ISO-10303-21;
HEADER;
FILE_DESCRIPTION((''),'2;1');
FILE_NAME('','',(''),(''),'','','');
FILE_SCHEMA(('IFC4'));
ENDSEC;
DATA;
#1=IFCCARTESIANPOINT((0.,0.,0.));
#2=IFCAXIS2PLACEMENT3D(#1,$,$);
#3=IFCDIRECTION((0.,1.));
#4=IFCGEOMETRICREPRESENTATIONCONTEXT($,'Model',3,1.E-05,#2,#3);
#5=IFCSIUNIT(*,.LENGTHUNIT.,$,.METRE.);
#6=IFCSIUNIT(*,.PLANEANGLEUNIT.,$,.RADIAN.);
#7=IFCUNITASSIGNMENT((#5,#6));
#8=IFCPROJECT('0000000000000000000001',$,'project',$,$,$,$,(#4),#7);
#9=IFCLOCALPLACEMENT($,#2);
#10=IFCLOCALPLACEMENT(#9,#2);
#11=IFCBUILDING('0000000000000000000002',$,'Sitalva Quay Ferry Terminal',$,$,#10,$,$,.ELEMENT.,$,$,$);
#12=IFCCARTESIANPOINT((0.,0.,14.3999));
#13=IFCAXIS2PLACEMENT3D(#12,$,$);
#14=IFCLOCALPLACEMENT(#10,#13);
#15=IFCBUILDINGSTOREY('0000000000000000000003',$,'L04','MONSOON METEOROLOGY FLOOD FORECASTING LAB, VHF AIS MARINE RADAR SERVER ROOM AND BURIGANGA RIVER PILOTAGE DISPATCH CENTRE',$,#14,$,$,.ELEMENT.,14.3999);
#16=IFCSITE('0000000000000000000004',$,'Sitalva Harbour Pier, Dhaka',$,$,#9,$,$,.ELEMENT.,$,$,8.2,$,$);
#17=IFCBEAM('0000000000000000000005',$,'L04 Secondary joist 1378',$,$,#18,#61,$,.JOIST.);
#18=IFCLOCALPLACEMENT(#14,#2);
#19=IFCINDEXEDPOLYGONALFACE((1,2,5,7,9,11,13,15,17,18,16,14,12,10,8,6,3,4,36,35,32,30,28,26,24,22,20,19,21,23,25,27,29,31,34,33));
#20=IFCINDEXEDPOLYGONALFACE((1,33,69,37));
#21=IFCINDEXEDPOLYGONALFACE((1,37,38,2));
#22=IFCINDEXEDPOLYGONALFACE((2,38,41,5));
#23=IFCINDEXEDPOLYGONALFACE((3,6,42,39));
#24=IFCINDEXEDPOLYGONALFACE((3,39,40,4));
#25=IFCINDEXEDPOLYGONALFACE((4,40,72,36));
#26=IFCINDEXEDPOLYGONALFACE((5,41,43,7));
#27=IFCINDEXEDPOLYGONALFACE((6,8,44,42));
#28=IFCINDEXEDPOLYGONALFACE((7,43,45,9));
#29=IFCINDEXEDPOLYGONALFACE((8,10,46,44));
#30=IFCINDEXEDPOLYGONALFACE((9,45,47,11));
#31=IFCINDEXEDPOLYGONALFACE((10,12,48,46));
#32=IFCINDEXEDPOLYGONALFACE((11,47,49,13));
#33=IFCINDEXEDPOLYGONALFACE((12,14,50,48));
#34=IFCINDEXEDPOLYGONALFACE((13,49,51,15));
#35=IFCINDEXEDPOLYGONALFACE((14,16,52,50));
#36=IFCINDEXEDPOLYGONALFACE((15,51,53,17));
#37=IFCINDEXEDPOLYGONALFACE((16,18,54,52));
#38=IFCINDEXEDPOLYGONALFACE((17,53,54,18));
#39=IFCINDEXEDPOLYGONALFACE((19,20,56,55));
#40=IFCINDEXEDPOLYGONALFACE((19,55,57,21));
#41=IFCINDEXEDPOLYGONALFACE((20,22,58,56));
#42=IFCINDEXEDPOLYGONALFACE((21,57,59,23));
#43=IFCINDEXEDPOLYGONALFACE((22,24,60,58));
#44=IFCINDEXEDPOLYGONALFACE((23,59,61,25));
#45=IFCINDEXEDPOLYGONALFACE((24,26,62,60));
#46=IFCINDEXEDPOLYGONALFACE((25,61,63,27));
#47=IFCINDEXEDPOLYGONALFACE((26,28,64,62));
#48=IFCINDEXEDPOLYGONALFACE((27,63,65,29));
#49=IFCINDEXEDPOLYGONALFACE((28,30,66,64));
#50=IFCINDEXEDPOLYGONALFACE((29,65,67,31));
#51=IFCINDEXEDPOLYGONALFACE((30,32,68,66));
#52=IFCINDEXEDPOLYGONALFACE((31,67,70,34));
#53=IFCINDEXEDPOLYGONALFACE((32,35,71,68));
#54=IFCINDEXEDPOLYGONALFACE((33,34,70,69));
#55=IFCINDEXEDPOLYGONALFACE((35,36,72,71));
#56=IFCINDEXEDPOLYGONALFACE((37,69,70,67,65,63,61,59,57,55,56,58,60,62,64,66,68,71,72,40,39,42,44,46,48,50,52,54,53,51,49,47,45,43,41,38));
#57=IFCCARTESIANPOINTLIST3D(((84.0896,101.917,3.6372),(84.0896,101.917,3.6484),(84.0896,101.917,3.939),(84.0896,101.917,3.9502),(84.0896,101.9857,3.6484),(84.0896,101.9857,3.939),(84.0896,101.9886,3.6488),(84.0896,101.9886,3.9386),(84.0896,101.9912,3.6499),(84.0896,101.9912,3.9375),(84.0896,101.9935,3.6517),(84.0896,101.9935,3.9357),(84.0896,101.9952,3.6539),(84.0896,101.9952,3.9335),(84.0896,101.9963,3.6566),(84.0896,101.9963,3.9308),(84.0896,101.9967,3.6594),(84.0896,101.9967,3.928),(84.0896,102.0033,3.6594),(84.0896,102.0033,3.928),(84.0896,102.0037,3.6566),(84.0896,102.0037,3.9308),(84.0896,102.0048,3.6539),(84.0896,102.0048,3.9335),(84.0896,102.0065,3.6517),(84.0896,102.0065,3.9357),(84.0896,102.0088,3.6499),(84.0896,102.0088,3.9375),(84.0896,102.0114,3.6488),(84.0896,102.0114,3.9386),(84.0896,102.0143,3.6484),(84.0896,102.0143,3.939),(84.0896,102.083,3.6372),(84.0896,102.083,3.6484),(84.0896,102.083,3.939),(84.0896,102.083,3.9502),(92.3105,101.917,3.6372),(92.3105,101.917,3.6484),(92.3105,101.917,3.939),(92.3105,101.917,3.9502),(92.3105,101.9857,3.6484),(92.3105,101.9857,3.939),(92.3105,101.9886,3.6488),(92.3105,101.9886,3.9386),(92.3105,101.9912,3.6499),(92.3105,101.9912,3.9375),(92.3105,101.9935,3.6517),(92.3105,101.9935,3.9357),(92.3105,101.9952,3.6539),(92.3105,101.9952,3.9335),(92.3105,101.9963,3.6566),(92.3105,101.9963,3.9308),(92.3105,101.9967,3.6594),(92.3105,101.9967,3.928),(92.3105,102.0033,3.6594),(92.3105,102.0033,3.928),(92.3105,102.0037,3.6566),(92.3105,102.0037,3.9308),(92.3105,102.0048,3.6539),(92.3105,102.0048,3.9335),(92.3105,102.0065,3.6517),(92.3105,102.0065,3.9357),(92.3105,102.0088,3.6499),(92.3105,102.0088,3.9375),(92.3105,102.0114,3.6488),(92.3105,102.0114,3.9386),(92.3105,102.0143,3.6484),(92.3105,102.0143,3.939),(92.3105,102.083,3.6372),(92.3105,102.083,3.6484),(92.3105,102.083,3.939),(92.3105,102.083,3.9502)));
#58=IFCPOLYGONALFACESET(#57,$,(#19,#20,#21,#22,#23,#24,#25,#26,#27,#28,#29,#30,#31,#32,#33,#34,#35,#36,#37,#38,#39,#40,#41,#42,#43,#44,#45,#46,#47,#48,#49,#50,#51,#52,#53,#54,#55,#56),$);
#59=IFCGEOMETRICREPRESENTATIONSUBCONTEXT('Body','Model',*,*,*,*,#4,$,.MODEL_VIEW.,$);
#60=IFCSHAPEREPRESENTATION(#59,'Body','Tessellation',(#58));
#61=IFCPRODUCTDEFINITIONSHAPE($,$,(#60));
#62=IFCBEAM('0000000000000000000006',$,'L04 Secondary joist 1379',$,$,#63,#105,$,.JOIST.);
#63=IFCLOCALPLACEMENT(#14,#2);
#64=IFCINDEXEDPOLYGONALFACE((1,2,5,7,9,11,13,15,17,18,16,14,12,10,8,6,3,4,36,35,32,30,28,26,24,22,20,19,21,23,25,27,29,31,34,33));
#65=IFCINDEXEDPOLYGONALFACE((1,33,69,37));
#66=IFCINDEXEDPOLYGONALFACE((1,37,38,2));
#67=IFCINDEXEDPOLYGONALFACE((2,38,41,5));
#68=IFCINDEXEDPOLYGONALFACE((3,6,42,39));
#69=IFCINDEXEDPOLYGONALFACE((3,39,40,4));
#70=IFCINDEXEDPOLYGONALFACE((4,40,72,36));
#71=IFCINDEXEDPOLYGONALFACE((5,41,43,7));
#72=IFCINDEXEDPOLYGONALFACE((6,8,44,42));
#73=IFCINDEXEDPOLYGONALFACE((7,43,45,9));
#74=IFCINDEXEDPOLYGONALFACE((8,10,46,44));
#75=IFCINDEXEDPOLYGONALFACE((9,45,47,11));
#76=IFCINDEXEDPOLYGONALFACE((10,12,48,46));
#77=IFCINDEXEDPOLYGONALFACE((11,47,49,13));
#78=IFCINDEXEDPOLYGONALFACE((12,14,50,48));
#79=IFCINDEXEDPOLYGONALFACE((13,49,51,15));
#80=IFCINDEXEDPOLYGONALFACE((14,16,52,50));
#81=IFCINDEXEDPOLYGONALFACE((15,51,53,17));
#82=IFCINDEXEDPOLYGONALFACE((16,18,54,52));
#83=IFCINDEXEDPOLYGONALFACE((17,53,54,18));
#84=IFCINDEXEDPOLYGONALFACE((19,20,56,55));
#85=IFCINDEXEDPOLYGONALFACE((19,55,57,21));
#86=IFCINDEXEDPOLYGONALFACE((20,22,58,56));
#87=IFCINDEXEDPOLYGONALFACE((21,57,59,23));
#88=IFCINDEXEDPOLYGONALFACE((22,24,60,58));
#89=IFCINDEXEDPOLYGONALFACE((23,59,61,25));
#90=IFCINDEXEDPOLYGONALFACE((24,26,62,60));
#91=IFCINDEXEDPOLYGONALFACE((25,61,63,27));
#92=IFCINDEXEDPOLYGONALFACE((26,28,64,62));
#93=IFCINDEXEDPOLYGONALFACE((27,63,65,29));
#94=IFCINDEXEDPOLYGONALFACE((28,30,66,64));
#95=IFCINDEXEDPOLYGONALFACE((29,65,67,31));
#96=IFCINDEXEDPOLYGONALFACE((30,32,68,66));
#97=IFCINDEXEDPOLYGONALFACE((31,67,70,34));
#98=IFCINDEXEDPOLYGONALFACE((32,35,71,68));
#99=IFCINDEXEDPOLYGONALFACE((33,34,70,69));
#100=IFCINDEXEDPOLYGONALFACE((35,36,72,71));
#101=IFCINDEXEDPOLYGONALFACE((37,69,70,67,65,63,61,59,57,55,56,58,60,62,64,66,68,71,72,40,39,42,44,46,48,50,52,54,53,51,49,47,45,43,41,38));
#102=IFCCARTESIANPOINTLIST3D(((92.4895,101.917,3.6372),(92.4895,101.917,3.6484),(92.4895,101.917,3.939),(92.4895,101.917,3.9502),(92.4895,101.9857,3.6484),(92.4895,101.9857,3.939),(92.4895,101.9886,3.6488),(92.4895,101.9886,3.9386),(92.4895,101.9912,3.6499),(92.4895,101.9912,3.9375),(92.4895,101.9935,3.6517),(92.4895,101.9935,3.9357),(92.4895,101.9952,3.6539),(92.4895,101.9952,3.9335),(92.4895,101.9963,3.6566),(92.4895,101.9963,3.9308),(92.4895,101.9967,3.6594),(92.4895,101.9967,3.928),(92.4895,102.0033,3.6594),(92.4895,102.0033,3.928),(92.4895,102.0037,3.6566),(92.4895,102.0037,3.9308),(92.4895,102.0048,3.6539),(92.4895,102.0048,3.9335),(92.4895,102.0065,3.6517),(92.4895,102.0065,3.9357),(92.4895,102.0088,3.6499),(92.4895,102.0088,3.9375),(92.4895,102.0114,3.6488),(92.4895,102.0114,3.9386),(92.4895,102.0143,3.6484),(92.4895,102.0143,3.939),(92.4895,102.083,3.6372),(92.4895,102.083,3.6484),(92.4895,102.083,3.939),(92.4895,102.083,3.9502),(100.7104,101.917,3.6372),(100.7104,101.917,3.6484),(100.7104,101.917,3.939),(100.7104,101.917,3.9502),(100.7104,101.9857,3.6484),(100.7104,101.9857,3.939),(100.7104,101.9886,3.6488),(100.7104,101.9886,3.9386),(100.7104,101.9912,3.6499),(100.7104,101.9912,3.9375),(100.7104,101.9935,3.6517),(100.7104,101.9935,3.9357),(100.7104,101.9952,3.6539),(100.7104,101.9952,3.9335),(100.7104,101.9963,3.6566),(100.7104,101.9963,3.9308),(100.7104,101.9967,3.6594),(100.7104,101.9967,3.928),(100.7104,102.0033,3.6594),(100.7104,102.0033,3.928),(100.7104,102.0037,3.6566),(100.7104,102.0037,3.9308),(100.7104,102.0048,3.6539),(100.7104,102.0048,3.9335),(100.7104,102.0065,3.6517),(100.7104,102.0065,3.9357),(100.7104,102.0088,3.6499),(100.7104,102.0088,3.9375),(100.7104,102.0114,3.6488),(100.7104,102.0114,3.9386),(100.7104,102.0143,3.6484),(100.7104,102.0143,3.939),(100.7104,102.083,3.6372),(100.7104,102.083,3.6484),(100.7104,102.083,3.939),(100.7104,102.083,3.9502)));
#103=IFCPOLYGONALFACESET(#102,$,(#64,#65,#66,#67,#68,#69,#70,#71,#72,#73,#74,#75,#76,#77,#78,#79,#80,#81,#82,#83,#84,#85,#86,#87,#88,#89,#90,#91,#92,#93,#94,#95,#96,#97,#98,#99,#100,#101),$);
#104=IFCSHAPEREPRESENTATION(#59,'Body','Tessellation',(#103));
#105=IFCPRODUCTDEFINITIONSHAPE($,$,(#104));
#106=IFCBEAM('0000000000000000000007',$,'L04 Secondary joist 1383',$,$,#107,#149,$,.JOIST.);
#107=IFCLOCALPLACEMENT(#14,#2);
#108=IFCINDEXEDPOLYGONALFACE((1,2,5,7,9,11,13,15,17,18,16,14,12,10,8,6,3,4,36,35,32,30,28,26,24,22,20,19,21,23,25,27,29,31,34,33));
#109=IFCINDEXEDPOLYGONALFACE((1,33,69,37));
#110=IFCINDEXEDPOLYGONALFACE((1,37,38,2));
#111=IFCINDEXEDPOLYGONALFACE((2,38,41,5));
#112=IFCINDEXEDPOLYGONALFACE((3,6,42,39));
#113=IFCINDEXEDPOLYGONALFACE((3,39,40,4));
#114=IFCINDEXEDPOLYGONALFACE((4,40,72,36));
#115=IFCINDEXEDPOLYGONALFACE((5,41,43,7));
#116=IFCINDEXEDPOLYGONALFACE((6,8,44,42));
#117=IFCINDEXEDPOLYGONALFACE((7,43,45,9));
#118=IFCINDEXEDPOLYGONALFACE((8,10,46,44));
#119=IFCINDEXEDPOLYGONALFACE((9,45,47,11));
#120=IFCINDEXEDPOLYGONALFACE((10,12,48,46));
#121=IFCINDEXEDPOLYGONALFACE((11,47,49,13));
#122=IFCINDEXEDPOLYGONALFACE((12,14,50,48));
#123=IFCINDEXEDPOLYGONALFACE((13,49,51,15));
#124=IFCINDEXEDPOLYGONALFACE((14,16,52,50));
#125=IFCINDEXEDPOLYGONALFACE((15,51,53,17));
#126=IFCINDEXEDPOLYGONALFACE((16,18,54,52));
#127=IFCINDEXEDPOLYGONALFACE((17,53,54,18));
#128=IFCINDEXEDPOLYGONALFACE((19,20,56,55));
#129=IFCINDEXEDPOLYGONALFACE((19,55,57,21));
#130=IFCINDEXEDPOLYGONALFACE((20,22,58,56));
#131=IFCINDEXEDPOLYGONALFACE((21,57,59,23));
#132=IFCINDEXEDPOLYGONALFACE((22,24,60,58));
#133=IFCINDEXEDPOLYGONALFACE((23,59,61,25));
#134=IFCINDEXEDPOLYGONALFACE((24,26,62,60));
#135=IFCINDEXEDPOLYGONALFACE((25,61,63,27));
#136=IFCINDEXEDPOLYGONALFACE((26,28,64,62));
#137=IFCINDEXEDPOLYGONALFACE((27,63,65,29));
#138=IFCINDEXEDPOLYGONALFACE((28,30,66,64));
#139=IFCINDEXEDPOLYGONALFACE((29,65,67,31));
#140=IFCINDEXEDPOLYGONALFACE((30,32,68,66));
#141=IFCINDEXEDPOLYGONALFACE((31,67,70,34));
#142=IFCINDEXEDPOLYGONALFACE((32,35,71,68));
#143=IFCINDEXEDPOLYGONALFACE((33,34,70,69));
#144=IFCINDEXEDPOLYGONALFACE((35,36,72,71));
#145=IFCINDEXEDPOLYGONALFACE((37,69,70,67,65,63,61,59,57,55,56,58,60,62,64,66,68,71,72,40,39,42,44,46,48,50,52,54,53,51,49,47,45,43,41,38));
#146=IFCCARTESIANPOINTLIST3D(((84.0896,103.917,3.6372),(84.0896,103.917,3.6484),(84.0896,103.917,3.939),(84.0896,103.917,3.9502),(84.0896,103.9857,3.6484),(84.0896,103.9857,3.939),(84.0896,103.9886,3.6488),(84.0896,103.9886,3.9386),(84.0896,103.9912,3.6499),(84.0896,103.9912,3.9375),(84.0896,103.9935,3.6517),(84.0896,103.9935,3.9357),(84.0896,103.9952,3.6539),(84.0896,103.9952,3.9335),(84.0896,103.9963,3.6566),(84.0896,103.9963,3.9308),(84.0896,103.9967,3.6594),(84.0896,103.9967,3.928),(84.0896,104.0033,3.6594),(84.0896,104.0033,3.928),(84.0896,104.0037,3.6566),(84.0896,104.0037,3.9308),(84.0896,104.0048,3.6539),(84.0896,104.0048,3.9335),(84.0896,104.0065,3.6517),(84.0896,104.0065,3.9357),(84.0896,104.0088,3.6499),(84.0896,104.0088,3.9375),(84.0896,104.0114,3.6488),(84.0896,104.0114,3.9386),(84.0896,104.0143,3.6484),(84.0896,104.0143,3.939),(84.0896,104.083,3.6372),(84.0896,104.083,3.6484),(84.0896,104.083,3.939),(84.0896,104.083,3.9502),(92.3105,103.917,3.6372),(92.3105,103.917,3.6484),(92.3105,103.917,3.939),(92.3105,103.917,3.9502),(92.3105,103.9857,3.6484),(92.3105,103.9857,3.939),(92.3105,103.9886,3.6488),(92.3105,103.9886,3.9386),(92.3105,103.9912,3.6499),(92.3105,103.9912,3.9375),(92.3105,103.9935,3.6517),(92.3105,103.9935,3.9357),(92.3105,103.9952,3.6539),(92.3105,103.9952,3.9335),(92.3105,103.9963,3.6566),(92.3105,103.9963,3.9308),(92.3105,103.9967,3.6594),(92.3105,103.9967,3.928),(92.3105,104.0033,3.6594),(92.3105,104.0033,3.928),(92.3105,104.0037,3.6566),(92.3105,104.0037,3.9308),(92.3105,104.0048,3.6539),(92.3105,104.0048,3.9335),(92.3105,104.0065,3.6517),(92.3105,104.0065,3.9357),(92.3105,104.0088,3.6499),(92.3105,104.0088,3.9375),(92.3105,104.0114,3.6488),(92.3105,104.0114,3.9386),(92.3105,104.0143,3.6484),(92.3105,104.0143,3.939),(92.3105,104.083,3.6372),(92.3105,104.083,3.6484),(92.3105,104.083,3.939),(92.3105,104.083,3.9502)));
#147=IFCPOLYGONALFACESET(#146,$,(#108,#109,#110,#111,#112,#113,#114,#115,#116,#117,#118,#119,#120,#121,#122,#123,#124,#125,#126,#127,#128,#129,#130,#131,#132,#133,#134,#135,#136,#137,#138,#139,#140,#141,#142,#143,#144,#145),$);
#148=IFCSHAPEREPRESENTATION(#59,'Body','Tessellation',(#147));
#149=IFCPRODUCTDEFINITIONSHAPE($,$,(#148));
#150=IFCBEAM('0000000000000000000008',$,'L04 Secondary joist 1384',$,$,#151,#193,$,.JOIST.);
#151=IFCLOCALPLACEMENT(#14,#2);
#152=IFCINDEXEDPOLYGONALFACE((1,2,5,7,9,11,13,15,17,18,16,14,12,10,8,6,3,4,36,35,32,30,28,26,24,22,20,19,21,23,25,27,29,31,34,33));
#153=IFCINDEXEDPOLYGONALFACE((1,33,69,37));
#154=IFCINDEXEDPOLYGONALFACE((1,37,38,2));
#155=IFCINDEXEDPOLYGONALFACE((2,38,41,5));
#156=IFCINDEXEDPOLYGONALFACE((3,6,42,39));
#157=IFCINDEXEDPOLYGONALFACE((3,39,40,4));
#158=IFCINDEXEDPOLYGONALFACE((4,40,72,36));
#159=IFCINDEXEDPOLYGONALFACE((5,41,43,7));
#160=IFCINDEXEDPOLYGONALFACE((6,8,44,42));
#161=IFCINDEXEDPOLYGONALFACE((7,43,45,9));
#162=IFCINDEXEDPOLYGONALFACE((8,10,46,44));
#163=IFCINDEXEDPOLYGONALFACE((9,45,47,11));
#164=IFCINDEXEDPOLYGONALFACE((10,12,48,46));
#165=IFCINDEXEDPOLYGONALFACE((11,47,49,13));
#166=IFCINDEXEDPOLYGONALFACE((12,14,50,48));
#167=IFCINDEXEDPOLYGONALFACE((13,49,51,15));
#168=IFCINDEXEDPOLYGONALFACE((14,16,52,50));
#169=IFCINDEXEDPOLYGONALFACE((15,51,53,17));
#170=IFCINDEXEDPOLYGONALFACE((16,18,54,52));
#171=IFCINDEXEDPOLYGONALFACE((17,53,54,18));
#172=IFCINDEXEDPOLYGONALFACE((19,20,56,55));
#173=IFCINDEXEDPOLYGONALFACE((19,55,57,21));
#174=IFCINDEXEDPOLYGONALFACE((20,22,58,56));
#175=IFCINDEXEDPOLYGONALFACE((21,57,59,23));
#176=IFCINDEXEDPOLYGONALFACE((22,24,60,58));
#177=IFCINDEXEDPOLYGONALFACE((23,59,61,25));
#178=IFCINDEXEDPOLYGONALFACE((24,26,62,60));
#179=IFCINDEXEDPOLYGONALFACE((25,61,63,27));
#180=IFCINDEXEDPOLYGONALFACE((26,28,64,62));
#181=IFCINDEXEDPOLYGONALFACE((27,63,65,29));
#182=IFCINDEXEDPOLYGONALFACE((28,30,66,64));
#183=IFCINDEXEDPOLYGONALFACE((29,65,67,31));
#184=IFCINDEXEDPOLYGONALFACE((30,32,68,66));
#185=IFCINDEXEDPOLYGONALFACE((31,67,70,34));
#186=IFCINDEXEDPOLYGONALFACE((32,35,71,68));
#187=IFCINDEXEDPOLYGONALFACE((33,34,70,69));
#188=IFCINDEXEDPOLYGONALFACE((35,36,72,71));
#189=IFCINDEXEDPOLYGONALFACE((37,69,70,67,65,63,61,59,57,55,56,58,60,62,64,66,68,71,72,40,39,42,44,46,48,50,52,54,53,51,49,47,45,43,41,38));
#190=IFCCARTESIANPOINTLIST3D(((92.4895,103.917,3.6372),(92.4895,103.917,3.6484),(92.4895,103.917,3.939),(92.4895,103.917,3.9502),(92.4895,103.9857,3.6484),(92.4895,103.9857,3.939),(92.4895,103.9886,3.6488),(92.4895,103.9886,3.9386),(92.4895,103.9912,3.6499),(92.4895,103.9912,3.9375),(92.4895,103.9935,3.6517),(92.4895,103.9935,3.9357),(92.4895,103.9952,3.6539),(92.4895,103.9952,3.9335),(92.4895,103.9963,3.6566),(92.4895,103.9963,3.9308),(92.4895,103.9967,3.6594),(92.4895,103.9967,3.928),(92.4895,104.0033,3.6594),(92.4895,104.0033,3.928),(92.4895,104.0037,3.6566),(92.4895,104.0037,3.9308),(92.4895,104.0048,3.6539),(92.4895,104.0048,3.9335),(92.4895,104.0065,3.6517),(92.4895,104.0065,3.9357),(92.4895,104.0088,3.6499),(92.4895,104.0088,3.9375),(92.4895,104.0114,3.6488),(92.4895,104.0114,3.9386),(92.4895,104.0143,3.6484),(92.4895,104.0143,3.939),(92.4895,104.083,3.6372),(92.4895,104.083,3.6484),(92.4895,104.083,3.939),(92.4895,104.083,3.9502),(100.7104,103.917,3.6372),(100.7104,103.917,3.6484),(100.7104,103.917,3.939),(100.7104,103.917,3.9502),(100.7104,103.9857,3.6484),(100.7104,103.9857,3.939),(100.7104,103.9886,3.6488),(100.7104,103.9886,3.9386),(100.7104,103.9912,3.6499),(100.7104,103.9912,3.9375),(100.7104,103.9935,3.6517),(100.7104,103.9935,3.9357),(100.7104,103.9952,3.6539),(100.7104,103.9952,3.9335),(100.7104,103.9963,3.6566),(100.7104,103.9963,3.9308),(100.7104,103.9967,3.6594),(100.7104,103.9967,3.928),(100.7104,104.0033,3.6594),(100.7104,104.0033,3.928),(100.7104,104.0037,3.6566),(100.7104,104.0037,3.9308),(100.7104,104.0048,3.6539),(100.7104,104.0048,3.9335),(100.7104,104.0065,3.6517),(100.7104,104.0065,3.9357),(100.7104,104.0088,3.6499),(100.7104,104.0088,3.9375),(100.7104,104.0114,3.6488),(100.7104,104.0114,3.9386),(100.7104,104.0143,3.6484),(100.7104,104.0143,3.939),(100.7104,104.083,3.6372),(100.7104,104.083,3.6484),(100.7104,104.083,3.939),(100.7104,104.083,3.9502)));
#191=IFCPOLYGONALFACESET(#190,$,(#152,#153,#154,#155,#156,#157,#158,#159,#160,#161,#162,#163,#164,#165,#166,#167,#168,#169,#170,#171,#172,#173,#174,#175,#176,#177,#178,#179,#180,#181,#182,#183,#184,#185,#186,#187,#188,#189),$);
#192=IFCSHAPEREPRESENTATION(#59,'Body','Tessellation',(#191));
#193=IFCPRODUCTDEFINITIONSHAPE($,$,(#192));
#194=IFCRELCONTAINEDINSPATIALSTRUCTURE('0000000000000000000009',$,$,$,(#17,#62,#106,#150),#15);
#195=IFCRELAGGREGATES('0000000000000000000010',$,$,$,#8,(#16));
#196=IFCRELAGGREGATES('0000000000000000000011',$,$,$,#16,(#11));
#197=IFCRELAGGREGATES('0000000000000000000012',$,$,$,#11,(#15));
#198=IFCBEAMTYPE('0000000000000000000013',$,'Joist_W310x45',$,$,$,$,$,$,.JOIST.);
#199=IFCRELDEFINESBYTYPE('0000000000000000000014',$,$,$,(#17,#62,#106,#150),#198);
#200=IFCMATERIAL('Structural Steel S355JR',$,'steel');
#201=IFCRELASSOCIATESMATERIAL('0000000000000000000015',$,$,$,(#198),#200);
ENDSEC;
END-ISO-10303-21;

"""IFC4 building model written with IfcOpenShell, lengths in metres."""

from ifc_helpers import new_model, si_unit, direction, frame, origin, origin_2d, place, context, subcontext, project, spatial, i_section, extrude, material, material_profile, profile_set, type_object, element, save


model = new_model("IFC4")

# Units and contexts
model_context = context("Model", 3, precision=1e-05, world=origin(), true_north=direction((0.0, 1.0)))
body_context = subcontext(model_context, "Body", "Model", "MODEL_VIEW")
ifc_project = project(units=[si_unit("LENGTHUNIT", "METRE"), si_unit("PLANEANGLEUNIT", "RADIAN")], contexts=[model_context])

# Site, building, storey
site_placement = place(None, origin())
site = spatial("IfcSite", under=ifc_project, at=site_placement, Name="Sitalva Harbour Pier, Dhaka", CompositionType="ELEMENT", RefElevation=8.2)
building_placement = place(site_placement, origin())
building = spatial("IfcBuilding", under=site, at=building_placement, Name="Sitalva Quay Ferry Terminal", CompositionType="ELEMENT")
storey_placement = place(building_placement, frame((0.0, 0.0, 14.3999)))
storey = spatial("IfcBuildingStorey", under=building, at=storey_placement, Name="L04", Description="MONSOON METEOROLOGY FLOOD FORECASTING LAB, VHF AIS MARINE RADAR SERVER ROOM AND BURIGANGA RIVER PILOTAGE DISPATCH CENTRE", CompositionType="ELEMENT", Elevation=14.3999)

# Beams
ifc_material_1 = material(Name="Structural Steel S355JR", Category="steel")
ifc_material_profile_1 = material_profile(ifc_material_1, i_section(OverallWidth=0.166, OverallDepth=0.313, WebThickness=0.0066, FlangeThickness=0.0112, FilletRadius=0.011, at=origin_2d()), Name="W310x45")
ifc_profile_set_1 = profile_set([ifc_material_profile_1], Name="Structural Steel S355JR")
beam_type_1 = type_object("IfcBeamType", Name="Joist_W310x45", PredefinedType="JOIST", material=ifc_profile_set_1)
for number, where, z_axis, x_axis, name in (
    (1, (84.0896, 102.0, 3.7937), (1.0, 0.0, 0.0), (0.0, 1.0, 0.0), "L04 Secondary joist 1378"),
    (2, (92.4895, 102.0, 3.7937), (1.0, 0.0, 0.0), (0.0, 1.0, 0.0), "L04 Secondary joist 1379"),
    (3, (84.0896, 104.0, 3.7937), (1.0, 0.0, 0.0), (0.0, 1.0, 0.0), "L04 Secondary joist 1383"),
    (4, (92.4895, 104.0, 3.7937), (1.0, 0.0, 0.0), (0.0, 1.0, 0.0), "L04 Secondary joist 1384"),
):
    element("IfcBeam", number, at=place(storey_placement, frame(where, z_axis=z_axis, x_axis=x_axis)), inside=storey, type_object=beam_type_1, Name=name, PredefinedType="JOIST", context=body_context, shape_type="SweptSolid", body=[
        extrude(i_section(OverallWidth=0.166, OverallDepth=0.313, WebThickness=0.0066, FlangeThickness=0.0112, FilletRadius=0.011, at=origin_2d()), origin(), (0.0, 0.0, 1.0), 8.2209),
    ])

save(model, "model.ifc")
